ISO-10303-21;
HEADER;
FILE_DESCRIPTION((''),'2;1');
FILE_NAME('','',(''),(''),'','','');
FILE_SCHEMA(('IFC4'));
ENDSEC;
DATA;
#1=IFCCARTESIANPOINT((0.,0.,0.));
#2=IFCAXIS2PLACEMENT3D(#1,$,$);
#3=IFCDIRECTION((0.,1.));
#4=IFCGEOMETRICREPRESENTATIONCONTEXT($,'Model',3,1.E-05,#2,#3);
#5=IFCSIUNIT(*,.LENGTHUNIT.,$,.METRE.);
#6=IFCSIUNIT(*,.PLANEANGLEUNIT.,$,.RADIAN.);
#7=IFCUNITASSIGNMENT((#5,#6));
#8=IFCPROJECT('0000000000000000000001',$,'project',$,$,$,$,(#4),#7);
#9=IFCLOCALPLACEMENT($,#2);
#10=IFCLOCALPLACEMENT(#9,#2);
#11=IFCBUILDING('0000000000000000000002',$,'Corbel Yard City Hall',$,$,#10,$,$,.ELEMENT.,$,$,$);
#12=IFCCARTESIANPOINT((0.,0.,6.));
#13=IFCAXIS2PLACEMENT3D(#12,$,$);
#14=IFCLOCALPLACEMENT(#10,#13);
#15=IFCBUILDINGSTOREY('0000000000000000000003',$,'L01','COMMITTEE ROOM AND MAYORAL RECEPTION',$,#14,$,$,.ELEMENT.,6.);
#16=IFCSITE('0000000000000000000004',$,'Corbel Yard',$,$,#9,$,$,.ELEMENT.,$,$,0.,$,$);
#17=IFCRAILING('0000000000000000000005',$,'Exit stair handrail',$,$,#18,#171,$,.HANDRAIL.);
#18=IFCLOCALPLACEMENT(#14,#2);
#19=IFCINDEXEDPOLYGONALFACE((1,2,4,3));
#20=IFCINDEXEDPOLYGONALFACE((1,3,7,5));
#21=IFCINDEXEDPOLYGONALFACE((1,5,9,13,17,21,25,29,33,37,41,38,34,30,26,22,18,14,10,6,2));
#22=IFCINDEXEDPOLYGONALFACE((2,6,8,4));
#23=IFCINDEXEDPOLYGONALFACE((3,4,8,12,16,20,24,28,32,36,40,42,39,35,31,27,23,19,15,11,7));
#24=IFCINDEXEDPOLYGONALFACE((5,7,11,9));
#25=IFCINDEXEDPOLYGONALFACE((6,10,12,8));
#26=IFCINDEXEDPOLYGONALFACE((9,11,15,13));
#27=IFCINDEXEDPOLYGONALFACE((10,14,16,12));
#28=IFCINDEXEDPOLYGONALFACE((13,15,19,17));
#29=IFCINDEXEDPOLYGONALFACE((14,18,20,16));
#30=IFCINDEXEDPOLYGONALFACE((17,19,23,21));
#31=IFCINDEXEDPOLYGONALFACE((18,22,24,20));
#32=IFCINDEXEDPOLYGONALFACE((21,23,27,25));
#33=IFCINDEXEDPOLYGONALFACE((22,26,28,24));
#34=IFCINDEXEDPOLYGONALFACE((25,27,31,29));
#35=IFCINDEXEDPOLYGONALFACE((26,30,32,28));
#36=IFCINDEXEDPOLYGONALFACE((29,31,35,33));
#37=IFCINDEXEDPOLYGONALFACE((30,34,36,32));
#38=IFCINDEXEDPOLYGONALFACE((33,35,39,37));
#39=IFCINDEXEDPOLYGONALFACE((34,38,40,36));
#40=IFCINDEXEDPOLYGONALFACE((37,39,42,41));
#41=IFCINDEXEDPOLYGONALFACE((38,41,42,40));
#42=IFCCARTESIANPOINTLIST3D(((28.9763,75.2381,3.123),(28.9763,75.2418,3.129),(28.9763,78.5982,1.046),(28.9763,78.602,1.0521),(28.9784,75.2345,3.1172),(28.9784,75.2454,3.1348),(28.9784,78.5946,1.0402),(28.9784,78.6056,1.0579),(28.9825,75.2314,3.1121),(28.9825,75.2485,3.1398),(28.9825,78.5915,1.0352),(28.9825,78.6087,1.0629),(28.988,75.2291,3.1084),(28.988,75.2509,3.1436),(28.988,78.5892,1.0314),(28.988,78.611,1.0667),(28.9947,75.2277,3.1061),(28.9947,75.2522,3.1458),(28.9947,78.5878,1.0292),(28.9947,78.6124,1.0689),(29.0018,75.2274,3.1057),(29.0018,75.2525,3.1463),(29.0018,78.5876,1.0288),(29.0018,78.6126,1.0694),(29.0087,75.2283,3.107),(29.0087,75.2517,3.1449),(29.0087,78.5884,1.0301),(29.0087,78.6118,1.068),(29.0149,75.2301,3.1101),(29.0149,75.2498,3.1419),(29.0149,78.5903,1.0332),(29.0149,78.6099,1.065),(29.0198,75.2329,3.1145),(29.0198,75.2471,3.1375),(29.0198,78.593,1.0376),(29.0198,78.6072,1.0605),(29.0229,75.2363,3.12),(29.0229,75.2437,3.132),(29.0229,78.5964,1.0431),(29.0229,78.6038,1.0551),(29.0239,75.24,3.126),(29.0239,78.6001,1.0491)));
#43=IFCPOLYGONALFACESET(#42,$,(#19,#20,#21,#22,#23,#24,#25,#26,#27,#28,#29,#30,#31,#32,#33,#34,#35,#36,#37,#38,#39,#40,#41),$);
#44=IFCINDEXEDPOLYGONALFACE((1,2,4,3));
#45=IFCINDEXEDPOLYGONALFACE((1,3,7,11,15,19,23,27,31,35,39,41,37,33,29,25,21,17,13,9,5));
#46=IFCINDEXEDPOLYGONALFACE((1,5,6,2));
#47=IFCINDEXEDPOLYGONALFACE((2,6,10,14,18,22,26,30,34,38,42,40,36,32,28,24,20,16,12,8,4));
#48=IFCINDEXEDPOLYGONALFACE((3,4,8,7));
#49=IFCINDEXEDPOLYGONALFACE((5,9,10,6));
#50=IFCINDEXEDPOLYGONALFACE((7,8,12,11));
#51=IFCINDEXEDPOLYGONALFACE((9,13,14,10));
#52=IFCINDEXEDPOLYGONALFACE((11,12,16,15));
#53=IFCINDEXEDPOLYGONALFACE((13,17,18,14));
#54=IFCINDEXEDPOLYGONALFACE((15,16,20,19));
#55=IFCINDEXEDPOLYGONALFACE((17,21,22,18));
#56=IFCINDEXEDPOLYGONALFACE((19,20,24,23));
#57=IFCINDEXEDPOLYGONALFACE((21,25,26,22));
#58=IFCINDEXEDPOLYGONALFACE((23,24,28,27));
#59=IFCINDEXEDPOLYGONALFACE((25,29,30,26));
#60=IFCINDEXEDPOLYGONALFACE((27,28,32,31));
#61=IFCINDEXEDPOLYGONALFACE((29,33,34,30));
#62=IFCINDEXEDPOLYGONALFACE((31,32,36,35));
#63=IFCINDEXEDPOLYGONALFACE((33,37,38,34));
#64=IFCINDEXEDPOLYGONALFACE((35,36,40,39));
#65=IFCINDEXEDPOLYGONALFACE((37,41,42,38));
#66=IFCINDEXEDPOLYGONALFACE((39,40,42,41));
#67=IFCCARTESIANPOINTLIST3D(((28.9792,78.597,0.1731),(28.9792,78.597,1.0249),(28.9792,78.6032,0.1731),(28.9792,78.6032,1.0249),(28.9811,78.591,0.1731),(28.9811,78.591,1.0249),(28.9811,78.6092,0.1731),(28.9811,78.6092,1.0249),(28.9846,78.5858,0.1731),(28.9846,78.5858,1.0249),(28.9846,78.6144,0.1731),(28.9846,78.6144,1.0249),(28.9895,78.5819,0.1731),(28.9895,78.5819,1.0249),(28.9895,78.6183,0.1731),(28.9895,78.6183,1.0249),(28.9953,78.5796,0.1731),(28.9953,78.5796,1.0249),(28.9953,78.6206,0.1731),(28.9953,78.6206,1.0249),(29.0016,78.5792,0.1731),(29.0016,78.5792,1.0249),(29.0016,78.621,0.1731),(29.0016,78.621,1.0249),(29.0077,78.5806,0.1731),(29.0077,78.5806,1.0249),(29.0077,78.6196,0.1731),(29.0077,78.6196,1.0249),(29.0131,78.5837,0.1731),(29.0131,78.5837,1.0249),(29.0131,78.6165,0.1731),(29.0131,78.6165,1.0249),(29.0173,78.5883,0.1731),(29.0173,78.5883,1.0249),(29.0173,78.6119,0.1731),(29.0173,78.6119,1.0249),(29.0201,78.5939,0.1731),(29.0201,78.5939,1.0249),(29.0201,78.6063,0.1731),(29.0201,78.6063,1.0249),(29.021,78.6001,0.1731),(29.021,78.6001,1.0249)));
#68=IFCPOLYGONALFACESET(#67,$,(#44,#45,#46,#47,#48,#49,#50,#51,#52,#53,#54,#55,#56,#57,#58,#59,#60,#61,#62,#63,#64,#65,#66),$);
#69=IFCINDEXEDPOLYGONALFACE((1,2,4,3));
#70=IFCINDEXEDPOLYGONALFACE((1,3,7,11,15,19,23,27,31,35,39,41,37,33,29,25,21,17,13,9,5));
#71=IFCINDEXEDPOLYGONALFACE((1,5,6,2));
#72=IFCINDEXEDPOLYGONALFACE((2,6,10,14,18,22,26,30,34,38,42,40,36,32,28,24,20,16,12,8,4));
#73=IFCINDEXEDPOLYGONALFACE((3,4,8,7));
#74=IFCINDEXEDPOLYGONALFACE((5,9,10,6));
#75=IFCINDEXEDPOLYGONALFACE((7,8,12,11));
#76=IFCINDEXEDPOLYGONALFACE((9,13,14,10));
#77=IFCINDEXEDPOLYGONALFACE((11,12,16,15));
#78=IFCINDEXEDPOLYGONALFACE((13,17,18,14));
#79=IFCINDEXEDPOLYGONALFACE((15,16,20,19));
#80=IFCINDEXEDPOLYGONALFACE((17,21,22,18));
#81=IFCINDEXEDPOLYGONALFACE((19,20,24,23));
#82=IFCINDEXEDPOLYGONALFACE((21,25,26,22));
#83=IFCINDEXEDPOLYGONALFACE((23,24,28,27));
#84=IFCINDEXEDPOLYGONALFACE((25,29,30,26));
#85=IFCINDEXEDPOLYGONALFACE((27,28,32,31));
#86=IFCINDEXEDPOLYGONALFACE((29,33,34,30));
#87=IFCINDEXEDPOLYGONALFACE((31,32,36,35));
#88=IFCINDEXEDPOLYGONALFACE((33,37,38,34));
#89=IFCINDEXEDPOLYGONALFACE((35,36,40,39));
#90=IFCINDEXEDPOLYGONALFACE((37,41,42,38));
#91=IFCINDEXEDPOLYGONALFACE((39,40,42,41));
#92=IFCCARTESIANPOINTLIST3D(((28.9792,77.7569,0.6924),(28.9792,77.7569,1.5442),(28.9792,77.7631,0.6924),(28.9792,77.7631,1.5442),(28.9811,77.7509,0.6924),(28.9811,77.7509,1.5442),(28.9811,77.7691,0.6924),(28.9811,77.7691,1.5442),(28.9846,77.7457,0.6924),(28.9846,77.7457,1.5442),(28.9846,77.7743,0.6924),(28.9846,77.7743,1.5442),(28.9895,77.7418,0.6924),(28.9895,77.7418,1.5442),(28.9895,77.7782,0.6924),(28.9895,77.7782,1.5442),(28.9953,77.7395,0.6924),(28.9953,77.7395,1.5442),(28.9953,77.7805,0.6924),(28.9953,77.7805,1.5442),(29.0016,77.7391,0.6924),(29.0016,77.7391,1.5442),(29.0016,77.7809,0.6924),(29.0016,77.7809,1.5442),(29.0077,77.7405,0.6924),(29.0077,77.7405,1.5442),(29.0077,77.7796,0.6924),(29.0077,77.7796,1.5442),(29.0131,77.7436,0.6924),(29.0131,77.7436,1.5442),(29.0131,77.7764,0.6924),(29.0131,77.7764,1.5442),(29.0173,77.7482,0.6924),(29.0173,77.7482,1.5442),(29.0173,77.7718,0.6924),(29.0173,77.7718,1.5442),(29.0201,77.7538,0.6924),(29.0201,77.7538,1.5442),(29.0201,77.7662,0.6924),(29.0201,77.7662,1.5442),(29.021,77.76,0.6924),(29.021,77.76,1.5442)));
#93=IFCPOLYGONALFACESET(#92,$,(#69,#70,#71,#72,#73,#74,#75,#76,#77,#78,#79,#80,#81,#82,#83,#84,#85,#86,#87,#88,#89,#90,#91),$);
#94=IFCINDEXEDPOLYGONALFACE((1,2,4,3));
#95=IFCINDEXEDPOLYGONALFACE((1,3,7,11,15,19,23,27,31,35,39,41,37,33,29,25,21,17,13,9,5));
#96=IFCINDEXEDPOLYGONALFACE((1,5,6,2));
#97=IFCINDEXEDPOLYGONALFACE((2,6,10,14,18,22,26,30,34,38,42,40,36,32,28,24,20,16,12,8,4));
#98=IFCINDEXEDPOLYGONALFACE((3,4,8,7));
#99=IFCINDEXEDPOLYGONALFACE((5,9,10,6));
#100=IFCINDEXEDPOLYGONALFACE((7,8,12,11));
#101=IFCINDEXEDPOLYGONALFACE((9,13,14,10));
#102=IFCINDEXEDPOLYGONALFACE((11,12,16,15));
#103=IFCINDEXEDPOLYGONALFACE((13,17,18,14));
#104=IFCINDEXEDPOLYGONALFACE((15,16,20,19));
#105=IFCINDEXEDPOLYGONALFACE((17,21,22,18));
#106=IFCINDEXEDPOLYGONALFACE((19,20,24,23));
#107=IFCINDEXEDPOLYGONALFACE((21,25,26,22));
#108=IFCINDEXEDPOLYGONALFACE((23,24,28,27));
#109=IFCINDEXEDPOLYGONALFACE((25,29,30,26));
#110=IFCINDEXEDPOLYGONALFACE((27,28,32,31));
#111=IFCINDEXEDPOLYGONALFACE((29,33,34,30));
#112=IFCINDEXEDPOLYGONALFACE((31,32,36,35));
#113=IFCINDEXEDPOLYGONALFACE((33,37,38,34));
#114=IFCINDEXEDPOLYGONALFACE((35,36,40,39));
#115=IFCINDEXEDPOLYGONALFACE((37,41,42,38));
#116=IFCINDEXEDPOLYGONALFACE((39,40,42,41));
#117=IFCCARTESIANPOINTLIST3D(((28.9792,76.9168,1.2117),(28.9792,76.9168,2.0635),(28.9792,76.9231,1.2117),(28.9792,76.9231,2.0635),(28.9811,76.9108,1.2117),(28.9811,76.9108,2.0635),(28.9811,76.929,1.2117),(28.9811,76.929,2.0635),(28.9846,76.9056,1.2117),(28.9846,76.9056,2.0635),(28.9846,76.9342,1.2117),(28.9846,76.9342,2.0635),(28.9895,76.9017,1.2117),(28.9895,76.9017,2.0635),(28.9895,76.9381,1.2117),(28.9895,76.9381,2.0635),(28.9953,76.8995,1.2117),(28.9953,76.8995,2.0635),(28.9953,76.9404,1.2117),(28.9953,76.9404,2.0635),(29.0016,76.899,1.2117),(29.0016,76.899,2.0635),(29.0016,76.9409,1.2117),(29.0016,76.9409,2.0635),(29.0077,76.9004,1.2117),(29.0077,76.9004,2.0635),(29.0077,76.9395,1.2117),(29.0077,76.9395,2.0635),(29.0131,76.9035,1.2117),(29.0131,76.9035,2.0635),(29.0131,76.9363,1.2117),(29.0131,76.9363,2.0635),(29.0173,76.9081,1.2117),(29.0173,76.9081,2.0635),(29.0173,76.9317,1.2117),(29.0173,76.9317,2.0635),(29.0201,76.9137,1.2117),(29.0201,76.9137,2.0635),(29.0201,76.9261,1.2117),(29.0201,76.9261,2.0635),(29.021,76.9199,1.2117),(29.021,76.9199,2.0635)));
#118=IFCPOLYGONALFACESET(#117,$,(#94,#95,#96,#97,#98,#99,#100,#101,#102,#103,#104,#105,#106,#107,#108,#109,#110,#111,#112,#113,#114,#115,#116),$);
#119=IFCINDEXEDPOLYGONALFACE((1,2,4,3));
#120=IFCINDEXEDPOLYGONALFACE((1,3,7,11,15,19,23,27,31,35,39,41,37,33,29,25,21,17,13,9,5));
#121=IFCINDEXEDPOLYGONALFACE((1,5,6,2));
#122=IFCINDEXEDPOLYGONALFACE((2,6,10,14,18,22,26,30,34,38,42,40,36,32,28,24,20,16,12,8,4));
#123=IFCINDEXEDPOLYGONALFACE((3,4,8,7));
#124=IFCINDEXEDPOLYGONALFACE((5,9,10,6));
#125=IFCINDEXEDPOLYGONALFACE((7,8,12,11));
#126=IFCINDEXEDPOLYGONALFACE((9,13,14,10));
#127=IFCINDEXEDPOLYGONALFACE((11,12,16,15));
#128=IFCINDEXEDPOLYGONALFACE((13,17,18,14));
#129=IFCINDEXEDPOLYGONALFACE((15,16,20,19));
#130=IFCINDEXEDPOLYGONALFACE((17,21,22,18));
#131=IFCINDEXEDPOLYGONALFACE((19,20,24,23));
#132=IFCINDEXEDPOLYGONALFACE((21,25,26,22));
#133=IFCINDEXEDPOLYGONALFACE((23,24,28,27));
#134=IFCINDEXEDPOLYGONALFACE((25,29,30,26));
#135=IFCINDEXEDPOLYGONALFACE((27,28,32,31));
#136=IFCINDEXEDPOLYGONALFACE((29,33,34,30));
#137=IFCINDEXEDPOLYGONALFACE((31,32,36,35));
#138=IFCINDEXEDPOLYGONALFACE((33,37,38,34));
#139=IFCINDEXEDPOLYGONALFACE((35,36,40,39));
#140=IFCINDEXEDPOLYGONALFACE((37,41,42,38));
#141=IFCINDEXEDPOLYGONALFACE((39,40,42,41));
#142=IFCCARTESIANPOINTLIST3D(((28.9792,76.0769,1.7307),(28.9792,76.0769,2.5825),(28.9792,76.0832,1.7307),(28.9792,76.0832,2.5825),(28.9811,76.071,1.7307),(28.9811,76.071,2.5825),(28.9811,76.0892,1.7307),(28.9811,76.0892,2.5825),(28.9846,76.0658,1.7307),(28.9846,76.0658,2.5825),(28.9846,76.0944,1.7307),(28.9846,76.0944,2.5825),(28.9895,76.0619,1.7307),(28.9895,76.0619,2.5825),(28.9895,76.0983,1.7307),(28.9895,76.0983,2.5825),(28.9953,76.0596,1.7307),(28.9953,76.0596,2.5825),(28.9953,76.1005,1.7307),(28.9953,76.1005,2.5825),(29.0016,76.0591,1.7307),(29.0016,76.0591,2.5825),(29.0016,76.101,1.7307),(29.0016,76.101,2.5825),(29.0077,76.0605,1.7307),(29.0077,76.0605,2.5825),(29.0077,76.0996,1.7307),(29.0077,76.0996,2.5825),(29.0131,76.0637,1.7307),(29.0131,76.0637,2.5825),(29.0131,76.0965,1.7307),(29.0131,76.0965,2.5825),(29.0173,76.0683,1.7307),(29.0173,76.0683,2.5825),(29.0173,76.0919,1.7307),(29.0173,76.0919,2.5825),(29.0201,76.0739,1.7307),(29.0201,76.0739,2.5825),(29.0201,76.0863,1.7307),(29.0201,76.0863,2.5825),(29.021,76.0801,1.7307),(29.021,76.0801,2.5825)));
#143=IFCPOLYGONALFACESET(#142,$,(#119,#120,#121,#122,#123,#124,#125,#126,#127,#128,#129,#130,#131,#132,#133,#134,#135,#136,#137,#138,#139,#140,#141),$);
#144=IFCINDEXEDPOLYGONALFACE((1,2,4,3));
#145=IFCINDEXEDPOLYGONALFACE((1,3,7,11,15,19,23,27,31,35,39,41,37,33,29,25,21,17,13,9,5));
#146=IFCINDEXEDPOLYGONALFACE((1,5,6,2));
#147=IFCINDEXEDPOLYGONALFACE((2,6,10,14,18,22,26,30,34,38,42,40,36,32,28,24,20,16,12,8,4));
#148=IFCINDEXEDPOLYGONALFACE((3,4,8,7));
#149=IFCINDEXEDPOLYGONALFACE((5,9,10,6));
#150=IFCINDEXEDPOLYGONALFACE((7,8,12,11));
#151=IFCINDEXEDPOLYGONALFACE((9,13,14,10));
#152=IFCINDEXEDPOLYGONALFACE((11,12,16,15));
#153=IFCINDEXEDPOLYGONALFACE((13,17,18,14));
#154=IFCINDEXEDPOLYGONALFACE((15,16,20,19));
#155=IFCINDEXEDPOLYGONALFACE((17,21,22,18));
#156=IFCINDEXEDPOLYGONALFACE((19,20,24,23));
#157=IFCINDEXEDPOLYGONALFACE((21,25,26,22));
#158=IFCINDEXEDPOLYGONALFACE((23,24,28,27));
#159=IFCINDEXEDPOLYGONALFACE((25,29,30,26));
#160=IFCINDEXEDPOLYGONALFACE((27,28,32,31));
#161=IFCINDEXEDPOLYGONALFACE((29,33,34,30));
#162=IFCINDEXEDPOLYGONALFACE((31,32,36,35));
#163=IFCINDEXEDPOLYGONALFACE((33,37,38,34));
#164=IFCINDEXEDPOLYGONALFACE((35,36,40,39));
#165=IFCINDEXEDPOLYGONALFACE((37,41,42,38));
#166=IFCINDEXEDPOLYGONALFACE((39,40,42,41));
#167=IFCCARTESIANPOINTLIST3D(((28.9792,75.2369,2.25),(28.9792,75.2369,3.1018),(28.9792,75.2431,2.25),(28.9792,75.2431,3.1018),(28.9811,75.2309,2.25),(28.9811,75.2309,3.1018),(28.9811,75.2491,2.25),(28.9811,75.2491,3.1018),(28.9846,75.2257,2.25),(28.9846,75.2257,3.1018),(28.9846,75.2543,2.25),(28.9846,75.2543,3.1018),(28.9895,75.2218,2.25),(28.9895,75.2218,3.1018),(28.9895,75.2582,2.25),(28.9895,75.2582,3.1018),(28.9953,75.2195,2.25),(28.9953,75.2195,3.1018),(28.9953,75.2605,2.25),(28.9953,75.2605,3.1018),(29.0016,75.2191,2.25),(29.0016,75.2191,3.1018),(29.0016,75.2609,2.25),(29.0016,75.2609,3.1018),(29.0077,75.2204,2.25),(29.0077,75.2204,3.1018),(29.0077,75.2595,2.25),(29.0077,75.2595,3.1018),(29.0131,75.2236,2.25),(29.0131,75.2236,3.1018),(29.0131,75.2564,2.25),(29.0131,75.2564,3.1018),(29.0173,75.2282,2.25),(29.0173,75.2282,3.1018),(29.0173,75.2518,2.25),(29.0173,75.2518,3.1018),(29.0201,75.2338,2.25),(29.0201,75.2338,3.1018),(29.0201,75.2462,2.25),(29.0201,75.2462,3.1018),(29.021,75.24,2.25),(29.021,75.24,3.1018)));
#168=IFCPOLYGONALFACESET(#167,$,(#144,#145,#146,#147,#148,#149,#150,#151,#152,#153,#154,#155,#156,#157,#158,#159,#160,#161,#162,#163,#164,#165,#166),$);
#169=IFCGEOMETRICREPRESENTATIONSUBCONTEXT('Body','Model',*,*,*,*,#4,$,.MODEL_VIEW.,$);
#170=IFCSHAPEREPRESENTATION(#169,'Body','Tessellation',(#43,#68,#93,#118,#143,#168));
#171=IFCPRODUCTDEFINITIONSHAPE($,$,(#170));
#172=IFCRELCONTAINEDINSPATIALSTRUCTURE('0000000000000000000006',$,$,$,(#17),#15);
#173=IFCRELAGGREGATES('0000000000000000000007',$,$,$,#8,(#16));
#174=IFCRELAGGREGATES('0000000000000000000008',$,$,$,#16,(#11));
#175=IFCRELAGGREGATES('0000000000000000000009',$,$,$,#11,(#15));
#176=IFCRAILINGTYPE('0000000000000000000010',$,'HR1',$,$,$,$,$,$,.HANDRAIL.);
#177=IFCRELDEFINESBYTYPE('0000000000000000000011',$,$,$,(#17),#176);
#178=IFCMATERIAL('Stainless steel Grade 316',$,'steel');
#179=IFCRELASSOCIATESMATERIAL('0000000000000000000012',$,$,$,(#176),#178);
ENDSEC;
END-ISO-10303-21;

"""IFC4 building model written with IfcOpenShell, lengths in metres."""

from ifc_helpers import new_model, si_unit, direction, frame, origin, origin_2d, place, context, subcontext, project, spatial, circle, extrude, material, type_object, element, save


model = new_model("IFC4")

# Units and contexts
model_context = context("Model", 3, precision=1e-05, world=origin(), true_north=direction((0.0, 1.0)))
body_context = subcontext(model_context, "Body", "Model", "MODEL_VIEW")
ifc_project = project(units=[si_unit("LENGTHUNIT", "METRE"), si_unit("PLANEANGLEUNIT", "RADIAN")], contexts=[model_context])

# Site, building, storey
site_placement = place(None, origin())
site = spatial("IfcSite", under=ifc_project, at=site_placement, Name="Corbel Yard", CompositionType="ELEMENT", RefElevation=0.0)
building_placement = place(site_placement, origin())
building = spatial("IfcBuilding", under=site, at=building_placement, Name="Corbel Yard City Hall", CompositionType="ELEMENT")
storey_placement = place(building_placement, frame((0.0, 0.0, 6.0)))
storey = spatial("IfcBuildingStorey", under=building, at=storey_placement, Name="L01", Description="COMMITTEE ROOM AND MAYORAL RECEPTION", CompositionType="ELEMENT", Elevation=6.0)

# Shared definitions
ifc_material_1 = material(Name="Stainless steel Grade 316", Category="steel")

# Railing
railing_type_1 = type_object("IfcRailingType", Name="HR1", PredefinedType="HANDRAIL", material=ifc_material_1)
for number, where, name in (
    (1, (29.0, 78.6001, 0.1731), "Exit stair handrail"),
):
    element("IfcRailing", number, at=place(storey_placement, frame(where)), inside=storey, type_object=railing_type_1, Name=name, PredefinedType="HANDRAIL", context=body_context, shape_type="SweptSolid", body=[
        extrude(circle(Radius=0.0239, at=origin_2d()), frame((0.0, 0.0, 0.876), z_axis=(0.0, -0.850623, 0.525776), x_axis=(1.0, 0.0, 0.0)), (0.0, 0.0, 1.0), 3.9502),
        extrude(circle(Radius=0.021, at=origin_2d()), origin(), (0.0, 0.0, 1.0), 0.8518),
        extrude(circle(Radius=0.021, at=origin_2d()), frame((0.0, -0.8401, 0.5193)), (0.0, 0.0, 1.0), 0.8518),
        extrude(circle(Radius=0.021, at=origin_2d()), frame((0.0, -1.6802, 1.0386)), (0.0, 0.0, 1.0), 0.8518),
        extrude(circle(Radius=0.021, at=origin_2d()), frame((0.0, -2.52, 1.5576)), (0.0, 0.0, 1.0), 0.8518),
        extrude(circle(Radius=0.021, at=origin_2d()), frame((0.0, -3.3601, 2.0769)), (0.0, 0.0, 1.0), 0.8518),
    ])

save(model, "model.ifc")
